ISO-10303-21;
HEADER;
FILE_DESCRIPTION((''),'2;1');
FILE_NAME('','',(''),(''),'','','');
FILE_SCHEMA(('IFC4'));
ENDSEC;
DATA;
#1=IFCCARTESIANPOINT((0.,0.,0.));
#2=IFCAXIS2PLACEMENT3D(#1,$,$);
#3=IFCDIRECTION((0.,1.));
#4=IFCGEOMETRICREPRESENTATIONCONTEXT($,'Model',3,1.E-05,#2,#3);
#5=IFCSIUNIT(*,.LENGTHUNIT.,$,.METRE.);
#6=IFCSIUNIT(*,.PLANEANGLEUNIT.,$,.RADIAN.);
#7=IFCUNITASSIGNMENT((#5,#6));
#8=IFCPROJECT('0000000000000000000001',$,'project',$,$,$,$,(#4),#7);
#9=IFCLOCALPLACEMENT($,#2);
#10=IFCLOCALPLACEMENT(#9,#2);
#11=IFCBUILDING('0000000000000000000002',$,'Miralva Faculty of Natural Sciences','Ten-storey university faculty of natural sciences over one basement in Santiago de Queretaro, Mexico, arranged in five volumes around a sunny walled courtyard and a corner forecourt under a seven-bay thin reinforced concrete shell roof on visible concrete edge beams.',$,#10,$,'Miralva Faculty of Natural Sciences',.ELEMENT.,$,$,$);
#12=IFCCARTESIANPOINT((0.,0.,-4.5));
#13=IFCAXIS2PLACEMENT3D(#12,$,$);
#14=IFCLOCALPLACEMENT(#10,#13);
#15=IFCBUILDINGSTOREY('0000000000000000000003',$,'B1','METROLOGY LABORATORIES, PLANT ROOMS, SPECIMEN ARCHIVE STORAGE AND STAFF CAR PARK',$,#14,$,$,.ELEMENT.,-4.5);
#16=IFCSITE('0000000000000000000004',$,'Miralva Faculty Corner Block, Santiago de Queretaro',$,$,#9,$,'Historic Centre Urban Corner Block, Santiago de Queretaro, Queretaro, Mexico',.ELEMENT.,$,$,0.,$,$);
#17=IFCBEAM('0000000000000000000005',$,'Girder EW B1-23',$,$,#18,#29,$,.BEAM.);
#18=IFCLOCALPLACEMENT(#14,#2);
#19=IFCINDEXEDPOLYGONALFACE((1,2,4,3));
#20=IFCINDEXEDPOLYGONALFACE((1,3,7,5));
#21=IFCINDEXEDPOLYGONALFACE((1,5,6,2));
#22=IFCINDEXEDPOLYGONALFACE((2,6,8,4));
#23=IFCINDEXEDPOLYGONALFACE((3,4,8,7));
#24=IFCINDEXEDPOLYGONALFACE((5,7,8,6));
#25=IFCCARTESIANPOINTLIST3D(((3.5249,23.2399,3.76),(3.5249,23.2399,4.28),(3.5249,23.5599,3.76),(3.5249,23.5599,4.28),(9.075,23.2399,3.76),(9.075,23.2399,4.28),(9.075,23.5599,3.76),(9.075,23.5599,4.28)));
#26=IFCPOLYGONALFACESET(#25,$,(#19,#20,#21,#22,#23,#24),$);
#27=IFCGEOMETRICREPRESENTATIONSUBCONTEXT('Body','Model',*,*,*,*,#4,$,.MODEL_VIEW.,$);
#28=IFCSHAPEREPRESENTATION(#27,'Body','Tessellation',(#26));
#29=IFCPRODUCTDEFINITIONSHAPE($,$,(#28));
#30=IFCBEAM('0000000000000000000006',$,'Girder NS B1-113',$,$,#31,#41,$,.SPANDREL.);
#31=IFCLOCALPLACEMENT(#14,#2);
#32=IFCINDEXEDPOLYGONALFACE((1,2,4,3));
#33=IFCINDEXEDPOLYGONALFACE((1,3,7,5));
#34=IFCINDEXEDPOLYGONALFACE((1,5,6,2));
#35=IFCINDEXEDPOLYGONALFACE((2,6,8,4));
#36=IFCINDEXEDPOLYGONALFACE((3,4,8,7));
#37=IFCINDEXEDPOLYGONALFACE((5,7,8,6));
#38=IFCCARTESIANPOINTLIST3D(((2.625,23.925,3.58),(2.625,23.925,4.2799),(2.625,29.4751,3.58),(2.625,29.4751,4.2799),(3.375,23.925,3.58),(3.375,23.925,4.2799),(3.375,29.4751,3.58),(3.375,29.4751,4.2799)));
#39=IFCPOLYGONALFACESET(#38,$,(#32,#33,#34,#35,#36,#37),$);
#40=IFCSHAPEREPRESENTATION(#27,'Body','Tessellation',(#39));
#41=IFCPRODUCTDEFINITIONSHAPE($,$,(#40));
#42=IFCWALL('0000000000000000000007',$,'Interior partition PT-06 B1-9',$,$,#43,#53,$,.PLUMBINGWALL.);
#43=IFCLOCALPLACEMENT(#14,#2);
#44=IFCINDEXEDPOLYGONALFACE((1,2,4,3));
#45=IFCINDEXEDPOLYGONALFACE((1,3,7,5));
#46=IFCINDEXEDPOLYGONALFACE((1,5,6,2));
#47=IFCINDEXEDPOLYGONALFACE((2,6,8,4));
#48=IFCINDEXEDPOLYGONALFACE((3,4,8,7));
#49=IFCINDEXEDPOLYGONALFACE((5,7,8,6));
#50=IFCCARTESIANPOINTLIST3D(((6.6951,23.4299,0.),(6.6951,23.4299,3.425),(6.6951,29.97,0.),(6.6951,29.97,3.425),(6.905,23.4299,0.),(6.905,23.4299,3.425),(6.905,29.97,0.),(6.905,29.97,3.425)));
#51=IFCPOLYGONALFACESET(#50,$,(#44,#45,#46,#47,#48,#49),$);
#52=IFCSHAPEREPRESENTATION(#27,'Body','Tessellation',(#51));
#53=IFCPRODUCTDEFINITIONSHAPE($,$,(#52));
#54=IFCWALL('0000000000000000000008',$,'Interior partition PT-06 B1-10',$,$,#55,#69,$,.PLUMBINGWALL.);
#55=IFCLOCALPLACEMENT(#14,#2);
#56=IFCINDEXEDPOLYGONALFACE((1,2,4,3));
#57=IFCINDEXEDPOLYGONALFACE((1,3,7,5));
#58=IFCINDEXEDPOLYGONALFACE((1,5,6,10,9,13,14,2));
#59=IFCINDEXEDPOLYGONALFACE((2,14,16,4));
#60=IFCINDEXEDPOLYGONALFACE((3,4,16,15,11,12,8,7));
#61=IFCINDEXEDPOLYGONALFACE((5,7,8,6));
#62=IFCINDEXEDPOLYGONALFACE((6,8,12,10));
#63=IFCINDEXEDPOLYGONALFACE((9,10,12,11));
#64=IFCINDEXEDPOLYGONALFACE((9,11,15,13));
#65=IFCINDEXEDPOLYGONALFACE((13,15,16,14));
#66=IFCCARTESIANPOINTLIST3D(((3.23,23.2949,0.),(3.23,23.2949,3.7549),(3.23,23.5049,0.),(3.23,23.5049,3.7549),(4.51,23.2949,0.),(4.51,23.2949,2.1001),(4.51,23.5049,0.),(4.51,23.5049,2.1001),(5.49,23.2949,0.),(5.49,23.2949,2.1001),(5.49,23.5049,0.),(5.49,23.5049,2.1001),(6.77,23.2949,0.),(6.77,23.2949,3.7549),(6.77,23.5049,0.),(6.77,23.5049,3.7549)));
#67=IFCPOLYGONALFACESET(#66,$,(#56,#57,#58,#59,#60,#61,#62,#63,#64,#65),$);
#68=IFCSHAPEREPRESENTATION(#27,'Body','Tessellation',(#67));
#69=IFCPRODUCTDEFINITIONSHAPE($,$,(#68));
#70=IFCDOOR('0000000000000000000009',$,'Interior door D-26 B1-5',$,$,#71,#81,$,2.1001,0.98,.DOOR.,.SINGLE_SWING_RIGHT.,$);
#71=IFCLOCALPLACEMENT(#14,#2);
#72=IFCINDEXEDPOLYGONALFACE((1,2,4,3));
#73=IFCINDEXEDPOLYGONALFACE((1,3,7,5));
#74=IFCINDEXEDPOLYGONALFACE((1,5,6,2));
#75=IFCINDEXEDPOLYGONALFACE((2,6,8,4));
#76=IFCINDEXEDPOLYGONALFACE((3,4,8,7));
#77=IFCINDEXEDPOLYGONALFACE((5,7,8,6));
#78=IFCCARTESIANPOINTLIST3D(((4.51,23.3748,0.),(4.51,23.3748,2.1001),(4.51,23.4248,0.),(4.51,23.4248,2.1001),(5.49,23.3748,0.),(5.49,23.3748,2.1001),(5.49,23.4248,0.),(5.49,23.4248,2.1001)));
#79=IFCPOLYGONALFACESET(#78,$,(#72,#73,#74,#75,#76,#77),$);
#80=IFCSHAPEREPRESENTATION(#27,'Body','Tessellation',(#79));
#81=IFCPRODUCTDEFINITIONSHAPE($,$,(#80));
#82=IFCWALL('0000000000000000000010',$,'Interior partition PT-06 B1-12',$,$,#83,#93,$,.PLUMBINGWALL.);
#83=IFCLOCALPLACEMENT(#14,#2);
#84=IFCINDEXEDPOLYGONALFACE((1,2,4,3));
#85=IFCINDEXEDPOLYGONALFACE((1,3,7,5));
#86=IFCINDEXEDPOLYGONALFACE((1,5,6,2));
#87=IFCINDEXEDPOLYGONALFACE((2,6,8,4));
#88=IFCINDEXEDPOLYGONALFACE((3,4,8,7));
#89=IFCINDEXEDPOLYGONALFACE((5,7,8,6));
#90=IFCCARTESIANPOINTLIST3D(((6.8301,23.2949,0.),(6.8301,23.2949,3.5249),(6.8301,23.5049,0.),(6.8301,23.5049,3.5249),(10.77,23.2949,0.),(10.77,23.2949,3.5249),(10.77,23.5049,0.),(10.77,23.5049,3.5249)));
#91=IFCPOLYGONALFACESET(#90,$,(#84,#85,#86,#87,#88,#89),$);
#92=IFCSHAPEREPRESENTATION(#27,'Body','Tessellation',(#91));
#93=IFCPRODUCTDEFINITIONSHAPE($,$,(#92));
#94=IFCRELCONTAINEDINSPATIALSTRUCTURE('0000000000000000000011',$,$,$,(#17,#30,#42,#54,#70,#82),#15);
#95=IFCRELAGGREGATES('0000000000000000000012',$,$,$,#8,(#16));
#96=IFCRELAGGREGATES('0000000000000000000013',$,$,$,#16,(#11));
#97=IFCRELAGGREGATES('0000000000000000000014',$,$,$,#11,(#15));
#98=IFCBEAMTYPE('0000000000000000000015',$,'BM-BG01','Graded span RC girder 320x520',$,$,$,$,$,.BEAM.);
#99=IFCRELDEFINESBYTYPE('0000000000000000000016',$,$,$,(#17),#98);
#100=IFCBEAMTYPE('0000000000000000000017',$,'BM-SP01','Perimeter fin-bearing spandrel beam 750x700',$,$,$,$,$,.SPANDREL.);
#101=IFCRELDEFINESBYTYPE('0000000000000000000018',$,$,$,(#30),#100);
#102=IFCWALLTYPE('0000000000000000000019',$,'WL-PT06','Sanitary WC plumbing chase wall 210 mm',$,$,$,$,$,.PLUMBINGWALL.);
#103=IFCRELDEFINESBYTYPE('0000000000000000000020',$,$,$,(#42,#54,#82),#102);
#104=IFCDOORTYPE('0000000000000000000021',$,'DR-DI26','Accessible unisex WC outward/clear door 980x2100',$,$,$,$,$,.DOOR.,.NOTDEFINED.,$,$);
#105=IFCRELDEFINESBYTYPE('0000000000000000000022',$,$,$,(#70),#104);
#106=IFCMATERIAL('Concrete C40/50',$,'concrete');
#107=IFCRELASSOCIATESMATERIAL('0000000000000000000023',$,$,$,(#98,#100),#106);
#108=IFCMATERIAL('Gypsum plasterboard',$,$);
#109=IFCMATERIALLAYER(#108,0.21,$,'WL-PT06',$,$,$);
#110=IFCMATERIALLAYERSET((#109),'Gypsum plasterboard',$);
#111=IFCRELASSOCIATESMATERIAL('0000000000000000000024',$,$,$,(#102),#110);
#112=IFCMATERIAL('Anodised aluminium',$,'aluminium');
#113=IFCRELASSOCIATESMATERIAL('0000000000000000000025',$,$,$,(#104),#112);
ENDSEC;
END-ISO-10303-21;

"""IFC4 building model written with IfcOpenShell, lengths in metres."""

from ifc_helpers import new_model, si_unit, direction, frame, frame_2d, origin, origin_2d, place, context, subcontext, project, spatial, rectangle, extrude, material, layer, layer_set, material_profile, profile_set, type_object, element, fill, save


model = new_model("IFC4")

# Units and contexts
model_context = context("Model", 3, precision=1e-05, world=origin(), true_north=direction((0.0, 1.0)))
body_context = subcontext(model_context, "Body", "Model", "MODEL_VIEW")
ifc_project = project(units=[si_unit("LENGTHUNIT", "METRE"), si_unit("PLANEANGLEUNIT", "RADIAN")], contexts=[model_context])

# Site, building, storey
site_placement = place(None, origin())
site = spatial("IfcSite", under=ifc_project, at=site_placement, Name="Miralva Faculty Corner Block, Santiago de Queretaro", LongName="Historic Centre Urban Corner Block, Santiago de Queretaro, Queretaro, Mexico", CompositionType="ELEMENT", RefElevation=0.0)
building_placement = place(site_placement, origin())
building = spatial("IfcBuilding", under=site, at=building_placement, Name="Miralva Faculty of Natural Sciences", Description="Ten-storey university faculty of natural sciences over one basement in Santiago de Queretaro, Mexico, arranged in five volumes around a sunny walled courtyard and a corner forecourt under a seven-bay thin reinforced concrete shell roof on visible concrete edge beams.", LongName="Miralva Faculty of Natural Sciences", CompositionType="ELEMENT")
storey_placement = place(building_placement, frame((0.0, 0.0, -4.5)))
storey = spatial("IfcBuildingStorey", under=building, at=storey_placement, Name="B1", Description="METROLOGY LABORATORIES, PLANT ROOMS, SPECIMEN ARCHIVE STORAGE AND STAFF CAR PARK", CompositionType="ELEMENT", Elevation=-4.5)

# Beams
ifc_material_1 = material(Name="Concrete C40/50", Category="concrete")
ifc_material_profile_1 = material_profile(ifc_material_1, rectangle(XDim=0.3201, YDim=0.52, at=origin_2d()), Name="RC 320x520")
ifc_profile_set_1 = profile_set([ifc_material_profile_1], Name="Concrete C40/50")
beam_type_1 = type_object("IfcBeamType", Name="BM-BG01", Description="Graded span RC girder 320x520", PredefinedType="BEAM", material=ifc_profile_set_1)
beam_1_placement = place(storey_placement, frame((3.5249, 23.3999, 4.02), z_axis=(1.0, 0.0, 0.0), x_axis=(0.0, 1.0, 0.0)))
element("IfcBeam", 1, at=beam_1_placement, inside=storey, type_object=beam_type_1, Name="Girder EW B1-23", PredefinedType="BEAM", context=body_context, shape_type="SweptSolid", body=[
    extrude(rectangle(XDim=0.3201, YDim=0.52, at=origin_2d()), origin(), (0.0, 0.0, 1.0), 5.55),
])
ifc_material_profile_2 = material_profile(ifc_material_1, rectangle(XDim=0.75, YDim=0.7, at=origin_2d()), Name="RC 750x700")
ifc_profile_set_2 = profile_set([ifc_material_profile_2], Name="Concrete C40/50")
beam_type_2 = type_object("IfcBeamType", Name="BM-SP01", Description="Perimeter fin-bearing spandrel beam 750x700", PredefinedType="SPANDREL", material=ifc_profile_set_2)
beam_2_placement = place(storey_placement, frame((3.0, 23.925, 3.9299), z_axis=(0.0, 1.0, 0.0), x_axis=(-1.0, 0.0, 0.0)))
element("IfcBeam", 2, at=beam_2_placement, inside=storey, type_object=beam_type_2, Name="Girder NS B1-113", PredefinedType="SPANDREL", context=body_context, shape_type="SweptSolid", body=[
    extrude(rectangle(XDim=0.75, YDim=0.7, at=origin_2d()), origin(), (0.0, 0.0, 1.0), 5.55),
])

# Wall
ifc_material_2 = material(Name="Gypsum plasterboard")
ifc_layer_1 = layer(ifc_material_2, 0.21, Name="WL-PT06")
ifc_layer_set_1 = layer_set([ifc_layer_1], Name="Gypsum plasterboard")
wall_type = type_object("IfcWallType", Name="WL-PT06", Description="Sanitary WC plumbing chase wall 210 mm", PredefinedType="PLUMBINGWALL", material=ifc_layer_set_1)
wall_1_placement = place(storey_placement, frame((6.8, 23.4299, 0.0), z_axis=(0.0, 0.0, 1.0), x_axis=(0.0, 1.0, 0.0)))
element("IfcWall", 3, at=wall_1_placement, inside=storey, type_object=wall_type, Name="Interior partition PT-06 B1-9", PredefinedType="PLUMBINGWALL", context=body_context, shape_type="SweptSolid", body=[
    extrude(rectangle(XDim=6.54, YDim=0.21, at=frame_2d((3.27, 0.0))), origin(), (0.0, 0.0, 1.0), 3.425),
])

# Wall, opening, door
wall_2_placement = place(storey_placement, frame((3.23, 23.3999, 0.0), z_axis=(0.0, 0.0, 1.0), x_axis=(1.0, 0.0, 0.0)))
wall_2 = element("IfcWall", 4, at=wall_2_placement, inside=storey, type_object=wall_type, Name="Interior partition PT-06 B1-10", PredefinedType="PLUMBINGWALL", context=body_context, shape_type="SweptSolid", body=[
    extrude(rectangle(XDim=3.54, YDim=0.21, at=frame_2d((1.77, 0.0))), origin(), (0.0, 0.0, 1.0), 3.7549),
])
opening_placement = place(wall_2_placement, frame((1.28, 0.0, 0.0)))
opening = element("IfcOpeningElement", 5, at=opening_placement, cuts=wall_2, PredefinedType="OPENING", context=body_context, shape_type="SweptSolid", body=[
    extrude(rectangle(XDim=0.98, YDim=2.1001, at=frame_2d((0.49, 1.05))), frame((0.0, 0.115, 0.0), z_axis=(0.0, -1.0, 0.0), x_axis=(1.0, 0.0, 0.0)), (0.0, 0.0, 1.0), 0.23),
])
ifc_material_3 = material(Name="Anodised aluminium", Category="aluminium")
door_type = type_object("IfcDoorType", Name="DR-DI26", Description="Accessible unisex WC outward/clear door 980x2100", OperationType="NOTDEFINED", PredefinedType="DOOR", material=ifc_material_3)
door_placement = place(opening_placement, origin())
door = element("IfcDoor", 6, at=door_placement, inside=storey, type_object=door_type, Name="Interior door D-26 B1-5", OperationType="SINGLE_SWING_RIGHT", OverallHeight=2.1001, OverallWidth=0.98, PredefinedType="DOOR", context=body_context, shape_type="SweptSolid", body=[
    extrude(rectangle(XDim=0.98, YDim=2.1001, at=frame_2d((0.49, 1.05))), frame((0.0, 0.0249, 0.0), z_axis=(0.0, -1.0, 0.0), x_axis=(1.0, 0.0, 0.0)), (0.0, 0.0, 1.0), 0.05),
])
fill(opening, door)

# Wall
wall_3_placement = place(storey_placement, frame((6.8301, 23.3999, 0.0), z_axis=(0.0, 0.0, 1.0), x_axis=(1.0, 0.0, 0.0)))
element("IfcWall", 7, at=wall_3_placement, inside=storey, type_object=wall_type, Name="Interior partition PT-06 B1-12", PredefinedType="PLUMBINGWALL", context=body_context, shape_type="SweptSolid", body=[
    extrude(rectangle(XDim=3.9399, YDim=0.21, at=frame_2d((1.97, 0.0))), origin(), (0.0, 0.0, 1.0), 3.5249),
])

save(model, "model.ifc")
